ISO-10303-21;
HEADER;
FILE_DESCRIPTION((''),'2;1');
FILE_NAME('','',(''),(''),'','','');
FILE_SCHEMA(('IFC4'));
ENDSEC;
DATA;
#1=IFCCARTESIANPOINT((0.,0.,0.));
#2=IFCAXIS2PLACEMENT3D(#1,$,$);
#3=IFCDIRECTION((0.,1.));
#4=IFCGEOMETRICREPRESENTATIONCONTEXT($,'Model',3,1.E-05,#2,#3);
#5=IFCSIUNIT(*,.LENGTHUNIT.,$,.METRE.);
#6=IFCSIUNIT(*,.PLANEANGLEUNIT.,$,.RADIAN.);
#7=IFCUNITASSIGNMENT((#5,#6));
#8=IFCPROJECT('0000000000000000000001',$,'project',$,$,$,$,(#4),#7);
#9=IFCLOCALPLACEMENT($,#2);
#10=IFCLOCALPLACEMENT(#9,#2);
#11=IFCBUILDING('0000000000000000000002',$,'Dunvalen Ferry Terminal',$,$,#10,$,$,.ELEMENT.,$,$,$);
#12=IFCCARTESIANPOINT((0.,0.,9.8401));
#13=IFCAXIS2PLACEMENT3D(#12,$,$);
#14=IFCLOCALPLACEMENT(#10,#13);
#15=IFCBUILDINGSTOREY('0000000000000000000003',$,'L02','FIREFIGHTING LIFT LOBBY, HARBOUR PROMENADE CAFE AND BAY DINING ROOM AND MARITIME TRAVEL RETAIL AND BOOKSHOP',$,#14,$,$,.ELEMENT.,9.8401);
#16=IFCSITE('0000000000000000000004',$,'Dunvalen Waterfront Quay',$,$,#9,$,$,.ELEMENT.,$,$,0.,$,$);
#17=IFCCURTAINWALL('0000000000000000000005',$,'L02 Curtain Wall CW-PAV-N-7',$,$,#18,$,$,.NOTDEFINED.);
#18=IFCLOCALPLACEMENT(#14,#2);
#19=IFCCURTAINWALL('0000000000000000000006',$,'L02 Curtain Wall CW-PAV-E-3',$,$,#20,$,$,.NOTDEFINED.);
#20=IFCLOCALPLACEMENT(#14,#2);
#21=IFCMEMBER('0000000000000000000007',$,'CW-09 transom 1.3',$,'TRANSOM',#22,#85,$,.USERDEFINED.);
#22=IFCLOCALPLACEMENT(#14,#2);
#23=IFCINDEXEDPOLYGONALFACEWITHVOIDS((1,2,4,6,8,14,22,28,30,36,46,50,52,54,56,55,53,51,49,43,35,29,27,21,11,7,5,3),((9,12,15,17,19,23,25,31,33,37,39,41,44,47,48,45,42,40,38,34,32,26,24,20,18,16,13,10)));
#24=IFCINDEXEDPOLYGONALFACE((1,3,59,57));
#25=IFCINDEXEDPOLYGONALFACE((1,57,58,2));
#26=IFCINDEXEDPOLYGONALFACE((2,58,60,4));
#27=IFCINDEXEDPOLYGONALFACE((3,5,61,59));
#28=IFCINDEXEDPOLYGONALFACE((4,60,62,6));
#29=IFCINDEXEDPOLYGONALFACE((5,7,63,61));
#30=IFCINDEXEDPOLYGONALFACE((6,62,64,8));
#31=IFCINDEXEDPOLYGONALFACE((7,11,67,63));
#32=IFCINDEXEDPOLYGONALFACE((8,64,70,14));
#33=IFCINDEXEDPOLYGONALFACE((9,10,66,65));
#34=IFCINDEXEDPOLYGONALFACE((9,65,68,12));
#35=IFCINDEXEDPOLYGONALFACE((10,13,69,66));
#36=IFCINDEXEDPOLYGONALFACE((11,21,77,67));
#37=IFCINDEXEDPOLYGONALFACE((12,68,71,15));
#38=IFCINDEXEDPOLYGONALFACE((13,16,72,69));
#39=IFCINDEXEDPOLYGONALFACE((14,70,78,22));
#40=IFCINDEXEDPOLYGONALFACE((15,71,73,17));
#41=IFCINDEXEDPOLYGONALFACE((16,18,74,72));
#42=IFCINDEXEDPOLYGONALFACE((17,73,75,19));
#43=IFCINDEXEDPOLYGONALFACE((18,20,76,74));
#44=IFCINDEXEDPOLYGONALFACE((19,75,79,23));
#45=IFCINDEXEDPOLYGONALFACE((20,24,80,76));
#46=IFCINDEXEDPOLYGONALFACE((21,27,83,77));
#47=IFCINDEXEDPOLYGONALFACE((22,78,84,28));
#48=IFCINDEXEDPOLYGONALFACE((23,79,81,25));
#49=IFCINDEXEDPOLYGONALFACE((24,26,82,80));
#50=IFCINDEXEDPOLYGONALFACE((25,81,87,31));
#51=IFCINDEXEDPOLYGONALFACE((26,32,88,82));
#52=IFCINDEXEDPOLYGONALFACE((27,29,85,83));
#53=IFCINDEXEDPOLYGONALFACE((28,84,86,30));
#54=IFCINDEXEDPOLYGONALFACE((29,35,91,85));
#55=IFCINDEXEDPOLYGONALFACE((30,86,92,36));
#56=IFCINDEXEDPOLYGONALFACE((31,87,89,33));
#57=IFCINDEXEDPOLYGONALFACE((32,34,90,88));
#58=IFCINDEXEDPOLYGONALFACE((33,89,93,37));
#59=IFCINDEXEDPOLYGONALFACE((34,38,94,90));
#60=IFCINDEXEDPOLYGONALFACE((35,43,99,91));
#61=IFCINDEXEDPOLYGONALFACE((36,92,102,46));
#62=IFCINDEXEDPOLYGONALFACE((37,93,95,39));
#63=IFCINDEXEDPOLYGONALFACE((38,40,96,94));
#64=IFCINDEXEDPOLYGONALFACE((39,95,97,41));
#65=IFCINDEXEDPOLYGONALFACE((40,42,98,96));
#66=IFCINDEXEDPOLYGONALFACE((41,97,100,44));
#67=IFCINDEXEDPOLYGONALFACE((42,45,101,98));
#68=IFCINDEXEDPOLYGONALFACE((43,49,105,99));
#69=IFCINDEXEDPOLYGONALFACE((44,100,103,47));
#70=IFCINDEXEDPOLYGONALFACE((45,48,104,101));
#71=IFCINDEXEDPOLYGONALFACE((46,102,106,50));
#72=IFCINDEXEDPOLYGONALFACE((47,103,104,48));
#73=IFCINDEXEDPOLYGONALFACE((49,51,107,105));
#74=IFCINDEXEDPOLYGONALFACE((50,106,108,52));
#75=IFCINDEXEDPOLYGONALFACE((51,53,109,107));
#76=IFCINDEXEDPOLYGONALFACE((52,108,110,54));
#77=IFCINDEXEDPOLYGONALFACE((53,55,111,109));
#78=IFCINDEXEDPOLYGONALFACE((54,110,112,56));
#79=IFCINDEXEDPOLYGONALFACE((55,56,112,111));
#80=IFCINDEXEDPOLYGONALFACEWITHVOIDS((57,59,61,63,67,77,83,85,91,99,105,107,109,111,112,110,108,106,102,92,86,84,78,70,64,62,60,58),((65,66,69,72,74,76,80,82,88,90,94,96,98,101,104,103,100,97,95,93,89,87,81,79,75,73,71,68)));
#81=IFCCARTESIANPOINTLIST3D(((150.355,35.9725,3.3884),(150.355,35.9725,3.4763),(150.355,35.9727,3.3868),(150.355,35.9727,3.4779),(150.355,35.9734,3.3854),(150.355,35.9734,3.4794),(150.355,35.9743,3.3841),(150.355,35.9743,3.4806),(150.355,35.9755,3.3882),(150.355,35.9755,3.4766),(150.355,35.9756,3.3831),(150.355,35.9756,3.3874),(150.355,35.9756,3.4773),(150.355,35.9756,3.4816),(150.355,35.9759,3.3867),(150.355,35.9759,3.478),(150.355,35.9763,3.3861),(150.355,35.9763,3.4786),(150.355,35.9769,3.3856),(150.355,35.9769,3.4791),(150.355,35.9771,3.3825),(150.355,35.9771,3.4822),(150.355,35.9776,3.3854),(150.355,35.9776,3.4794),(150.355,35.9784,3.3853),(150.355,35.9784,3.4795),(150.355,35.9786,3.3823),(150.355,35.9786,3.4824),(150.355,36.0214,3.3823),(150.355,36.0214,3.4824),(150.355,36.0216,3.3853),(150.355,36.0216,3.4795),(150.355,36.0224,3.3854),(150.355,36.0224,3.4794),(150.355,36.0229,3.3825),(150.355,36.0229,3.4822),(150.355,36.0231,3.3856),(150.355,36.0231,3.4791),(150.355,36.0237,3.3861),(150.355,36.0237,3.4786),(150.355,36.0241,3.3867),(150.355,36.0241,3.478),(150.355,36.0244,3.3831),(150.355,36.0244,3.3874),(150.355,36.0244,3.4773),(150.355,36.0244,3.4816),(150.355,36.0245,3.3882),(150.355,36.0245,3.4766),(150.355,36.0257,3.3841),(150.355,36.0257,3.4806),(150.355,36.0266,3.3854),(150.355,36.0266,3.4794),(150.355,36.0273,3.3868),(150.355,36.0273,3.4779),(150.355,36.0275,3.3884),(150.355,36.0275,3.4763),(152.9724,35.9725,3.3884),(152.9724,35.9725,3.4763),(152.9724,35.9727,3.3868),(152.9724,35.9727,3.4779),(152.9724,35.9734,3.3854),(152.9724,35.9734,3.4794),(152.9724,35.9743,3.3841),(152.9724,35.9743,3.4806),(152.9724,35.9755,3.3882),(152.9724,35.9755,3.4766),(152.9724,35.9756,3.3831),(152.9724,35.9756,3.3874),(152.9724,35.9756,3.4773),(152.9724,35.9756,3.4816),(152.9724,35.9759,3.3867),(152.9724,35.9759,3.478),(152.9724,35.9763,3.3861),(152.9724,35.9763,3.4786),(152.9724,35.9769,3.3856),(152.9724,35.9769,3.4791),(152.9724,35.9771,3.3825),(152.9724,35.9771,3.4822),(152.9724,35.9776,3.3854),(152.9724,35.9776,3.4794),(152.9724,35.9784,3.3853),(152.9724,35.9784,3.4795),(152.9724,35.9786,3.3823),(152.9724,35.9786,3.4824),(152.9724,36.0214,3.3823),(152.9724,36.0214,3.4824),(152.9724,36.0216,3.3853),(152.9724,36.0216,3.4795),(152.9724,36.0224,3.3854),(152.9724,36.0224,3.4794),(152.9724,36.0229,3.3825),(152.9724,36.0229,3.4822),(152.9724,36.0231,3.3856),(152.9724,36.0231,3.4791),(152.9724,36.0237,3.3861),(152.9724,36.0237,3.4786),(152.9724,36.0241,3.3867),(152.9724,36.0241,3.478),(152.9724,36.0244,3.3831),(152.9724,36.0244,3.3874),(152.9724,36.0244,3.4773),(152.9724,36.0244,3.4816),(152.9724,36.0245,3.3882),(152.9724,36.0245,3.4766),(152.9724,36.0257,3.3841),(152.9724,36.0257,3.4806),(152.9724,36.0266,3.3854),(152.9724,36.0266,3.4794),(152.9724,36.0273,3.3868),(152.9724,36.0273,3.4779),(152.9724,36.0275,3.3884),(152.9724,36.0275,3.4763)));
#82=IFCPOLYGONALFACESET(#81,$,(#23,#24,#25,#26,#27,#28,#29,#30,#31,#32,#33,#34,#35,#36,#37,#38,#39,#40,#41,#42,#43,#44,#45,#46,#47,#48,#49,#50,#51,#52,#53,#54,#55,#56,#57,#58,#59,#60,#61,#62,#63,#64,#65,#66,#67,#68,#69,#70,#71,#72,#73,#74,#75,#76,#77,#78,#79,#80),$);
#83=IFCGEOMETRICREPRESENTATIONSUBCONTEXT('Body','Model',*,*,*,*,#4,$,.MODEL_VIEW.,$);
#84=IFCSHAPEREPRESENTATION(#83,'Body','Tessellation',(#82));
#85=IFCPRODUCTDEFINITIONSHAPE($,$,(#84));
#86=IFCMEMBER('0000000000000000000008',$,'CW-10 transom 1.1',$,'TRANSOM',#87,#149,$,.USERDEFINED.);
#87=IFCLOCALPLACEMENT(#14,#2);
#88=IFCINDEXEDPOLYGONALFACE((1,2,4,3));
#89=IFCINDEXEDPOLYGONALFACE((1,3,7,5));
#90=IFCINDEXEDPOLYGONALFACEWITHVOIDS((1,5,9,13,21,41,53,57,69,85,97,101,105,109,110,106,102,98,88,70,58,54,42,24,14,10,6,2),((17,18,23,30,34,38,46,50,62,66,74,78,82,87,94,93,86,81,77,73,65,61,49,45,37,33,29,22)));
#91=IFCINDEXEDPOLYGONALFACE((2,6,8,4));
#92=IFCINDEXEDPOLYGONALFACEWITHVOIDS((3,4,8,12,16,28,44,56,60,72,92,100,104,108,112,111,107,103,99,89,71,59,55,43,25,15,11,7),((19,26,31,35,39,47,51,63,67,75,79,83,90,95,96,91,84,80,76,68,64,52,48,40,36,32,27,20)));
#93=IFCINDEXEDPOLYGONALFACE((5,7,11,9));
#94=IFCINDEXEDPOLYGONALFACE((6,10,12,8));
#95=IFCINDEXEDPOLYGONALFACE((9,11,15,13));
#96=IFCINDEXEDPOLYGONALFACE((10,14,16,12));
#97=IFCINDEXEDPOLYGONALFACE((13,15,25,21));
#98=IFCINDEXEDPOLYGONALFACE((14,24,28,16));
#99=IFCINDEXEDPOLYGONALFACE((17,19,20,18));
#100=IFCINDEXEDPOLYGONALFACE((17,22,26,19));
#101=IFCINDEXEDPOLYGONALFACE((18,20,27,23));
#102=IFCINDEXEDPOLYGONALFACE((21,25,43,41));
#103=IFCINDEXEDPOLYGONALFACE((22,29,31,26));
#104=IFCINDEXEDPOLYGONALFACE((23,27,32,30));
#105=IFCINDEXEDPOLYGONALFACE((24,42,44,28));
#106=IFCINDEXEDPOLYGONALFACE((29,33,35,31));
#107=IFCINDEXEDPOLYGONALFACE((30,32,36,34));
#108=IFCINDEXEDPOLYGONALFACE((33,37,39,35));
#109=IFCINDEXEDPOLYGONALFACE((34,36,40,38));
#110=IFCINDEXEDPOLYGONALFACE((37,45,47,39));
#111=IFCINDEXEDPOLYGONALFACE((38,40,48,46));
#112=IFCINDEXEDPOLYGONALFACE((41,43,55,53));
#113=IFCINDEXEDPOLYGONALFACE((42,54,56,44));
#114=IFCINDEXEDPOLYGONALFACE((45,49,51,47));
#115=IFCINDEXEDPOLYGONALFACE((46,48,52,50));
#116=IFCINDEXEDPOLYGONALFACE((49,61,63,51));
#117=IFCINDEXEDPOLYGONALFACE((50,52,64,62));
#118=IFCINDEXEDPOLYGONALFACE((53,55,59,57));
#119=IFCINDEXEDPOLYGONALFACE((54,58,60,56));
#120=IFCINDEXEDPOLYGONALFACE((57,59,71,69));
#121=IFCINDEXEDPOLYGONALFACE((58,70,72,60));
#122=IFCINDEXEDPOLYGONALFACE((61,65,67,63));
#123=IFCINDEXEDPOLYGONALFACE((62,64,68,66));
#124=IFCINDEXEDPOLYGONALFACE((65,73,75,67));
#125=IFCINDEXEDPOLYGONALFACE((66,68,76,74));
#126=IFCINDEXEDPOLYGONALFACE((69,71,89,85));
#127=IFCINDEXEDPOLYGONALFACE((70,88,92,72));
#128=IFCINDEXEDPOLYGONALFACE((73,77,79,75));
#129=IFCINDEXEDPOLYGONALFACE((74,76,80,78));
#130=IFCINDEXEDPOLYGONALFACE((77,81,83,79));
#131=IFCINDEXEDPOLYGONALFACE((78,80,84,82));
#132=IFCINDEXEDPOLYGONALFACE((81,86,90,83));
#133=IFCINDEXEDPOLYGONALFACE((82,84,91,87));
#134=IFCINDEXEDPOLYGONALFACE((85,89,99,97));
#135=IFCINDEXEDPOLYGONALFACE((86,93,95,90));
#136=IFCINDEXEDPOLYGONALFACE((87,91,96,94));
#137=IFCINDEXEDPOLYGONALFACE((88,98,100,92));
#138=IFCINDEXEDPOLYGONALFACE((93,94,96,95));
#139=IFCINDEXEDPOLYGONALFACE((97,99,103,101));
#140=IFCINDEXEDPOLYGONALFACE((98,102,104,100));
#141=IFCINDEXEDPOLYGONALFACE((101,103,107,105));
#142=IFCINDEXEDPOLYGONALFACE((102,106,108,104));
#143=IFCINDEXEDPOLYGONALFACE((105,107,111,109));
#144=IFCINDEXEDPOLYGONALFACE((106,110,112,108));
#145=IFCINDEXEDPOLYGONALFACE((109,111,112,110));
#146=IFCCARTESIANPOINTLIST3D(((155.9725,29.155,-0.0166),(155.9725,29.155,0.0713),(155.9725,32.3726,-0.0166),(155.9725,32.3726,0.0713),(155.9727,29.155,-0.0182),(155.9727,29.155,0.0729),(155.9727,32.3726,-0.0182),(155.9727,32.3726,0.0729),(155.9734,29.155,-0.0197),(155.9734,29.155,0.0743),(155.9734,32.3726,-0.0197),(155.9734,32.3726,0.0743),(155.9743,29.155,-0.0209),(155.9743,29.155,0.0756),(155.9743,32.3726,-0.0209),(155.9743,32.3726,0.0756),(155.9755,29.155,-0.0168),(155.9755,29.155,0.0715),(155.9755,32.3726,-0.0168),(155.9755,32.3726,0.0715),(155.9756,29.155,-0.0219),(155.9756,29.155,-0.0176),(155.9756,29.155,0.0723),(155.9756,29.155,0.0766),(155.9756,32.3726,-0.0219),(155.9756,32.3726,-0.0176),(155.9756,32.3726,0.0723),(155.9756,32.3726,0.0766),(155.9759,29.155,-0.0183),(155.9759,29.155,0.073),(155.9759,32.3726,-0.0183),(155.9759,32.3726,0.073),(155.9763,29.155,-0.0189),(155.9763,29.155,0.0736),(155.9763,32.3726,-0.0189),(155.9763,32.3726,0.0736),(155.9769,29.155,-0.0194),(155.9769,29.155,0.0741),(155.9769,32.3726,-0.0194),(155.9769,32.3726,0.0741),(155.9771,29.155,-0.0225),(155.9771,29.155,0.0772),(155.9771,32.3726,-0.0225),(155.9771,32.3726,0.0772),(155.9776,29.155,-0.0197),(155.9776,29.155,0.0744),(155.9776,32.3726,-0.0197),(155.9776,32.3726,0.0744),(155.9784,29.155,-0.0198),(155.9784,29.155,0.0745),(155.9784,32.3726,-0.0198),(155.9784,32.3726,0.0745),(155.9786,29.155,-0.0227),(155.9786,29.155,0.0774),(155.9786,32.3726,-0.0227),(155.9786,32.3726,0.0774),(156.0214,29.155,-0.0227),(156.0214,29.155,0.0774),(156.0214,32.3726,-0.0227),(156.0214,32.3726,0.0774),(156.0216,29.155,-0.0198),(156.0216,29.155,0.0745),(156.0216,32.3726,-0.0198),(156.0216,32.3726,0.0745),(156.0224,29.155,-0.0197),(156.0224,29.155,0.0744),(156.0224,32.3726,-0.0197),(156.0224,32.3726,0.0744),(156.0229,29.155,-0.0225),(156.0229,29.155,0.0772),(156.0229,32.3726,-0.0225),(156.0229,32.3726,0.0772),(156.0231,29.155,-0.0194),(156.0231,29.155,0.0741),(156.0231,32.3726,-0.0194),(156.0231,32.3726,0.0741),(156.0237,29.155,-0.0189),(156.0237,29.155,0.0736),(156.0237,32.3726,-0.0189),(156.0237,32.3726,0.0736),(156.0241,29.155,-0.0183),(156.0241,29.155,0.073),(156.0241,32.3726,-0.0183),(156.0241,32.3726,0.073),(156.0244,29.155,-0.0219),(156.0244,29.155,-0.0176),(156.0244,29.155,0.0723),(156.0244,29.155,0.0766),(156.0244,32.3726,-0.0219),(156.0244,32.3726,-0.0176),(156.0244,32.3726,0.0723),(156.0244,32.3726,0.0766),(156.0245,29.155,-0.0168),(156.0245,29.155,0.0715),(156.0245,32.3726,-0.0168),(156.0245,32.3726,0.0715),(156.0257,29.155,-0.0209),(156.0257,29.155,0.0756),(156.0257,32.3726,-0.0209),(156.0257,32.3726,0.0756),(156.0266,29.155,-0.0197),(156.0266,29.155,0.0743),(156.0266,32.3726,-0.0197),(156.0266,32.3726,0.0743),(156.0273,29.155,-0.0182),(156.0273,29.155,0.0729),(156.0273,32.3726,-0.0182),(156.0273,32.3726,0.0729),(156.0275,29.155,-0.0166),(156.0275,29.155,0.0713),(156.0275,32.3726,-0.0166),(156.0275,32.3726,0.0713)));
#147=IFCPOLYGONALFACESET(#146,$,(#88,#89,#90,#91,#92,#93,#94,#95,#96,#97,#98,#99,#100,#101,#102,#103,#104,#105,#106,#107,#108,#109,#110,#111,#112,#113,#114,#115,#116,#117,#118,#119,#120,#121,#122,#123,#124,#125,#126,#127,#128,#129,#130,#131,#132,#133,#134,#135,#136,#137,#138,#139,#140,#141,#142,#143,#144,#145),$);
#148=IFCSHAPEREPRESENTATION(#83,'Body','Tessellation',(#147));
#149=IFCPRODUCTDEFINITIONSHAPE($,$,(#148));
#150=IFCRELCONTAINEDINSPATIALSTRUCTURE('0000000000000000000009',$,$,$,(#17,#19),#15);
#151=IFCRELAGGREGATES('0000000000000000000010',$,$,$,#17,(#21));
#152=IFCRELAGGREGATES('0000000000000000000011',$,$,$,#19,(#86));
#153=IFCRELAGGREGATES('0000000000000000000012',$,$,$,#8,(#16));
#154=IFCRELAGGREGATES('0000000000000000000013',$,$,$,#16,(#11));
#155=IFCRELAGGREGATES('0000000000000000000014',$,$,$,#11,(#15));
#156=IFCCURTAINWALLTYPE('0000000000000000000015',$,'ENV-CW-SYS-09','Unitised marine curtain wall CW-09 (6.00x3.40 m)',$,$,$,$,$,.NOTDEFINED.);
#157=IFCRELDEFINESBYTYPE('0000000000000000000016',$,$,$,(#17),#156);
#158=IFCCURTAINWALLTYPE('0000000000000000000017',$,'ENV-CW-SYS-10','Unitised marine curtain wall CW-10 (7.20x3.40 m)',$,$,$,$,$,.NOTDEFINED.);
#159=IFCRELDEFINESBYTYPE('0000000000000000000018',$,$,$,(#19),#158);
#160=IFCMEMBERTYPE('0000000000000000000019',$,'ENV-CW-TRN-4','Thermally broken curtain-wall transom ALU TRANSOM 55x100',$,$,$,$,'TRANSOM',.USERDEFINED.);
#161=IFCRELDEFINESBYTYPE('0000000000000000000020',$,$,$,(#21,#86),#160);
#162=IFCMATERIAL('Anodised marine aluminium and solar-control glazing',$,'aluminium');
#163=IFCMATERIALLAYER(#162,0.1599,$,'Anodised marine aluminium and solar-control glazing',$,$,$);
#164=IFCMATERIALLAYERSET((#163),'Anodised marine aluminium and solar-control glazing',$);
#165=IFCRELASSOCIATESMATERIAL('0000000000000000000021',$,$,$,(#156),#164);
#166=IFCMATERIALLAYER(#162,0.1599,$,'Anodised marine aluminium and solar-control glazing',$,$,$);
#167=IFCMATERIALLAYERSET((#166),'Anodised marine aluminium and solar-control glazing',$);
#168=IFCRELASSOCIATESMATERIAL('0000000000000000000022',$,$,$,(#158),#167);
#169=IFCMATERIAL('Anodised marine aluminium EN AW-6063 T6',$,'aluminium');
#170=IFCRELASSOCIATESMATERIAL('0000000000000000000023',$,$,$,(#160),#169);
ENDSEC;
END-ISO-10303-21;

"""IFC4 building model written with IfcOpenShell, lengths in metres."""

from ifc_helpers import new_model, si_unit, direction, frame, origin, origin_2d, place, context, subcontext, project, spatial, hollow_rectangle, extrude, material, layer, layer_set, material_profile, profile_set, type_object, element, aggregate, save


model = new_model("IFC4")

# Units and contexts
model_context = context("Model", 3, precision=1e-05, world=origin(), true_north=direction((0.0, 1.0)))
body_context = subcontext(model_context, "Body", "Model", "MODEL_VIEW")
ifc_project = project(units=[si_unit("LENGTHUNIT", "METRE"), si_unit("PLANEANGLEUNIT", "RADIAN")], contexts=[model_context])

# Site, building, storey
site_placement = place(None, origin())
site = spatial("IfcSite", under=ifc_project, at=site_placement, Name="Dunvalen Waterfront Quay", CompositionType="ELEMENT", RefElevation=0.0)
building_placement = place(site_placement, origin())
building = spatial("IfcBuilding", under=site, at=building_placement, Name="Dunvalen Ferry Terminal", CompositionType="ELEMENT")
storey_placement = place(building_placement, frame((0.0, 0.0, 9.8401)))
storey = spatial("IfcBuildingStorey", under=building, at=storey_placement, Name="L02", Description="FIREFIGHTING LIFT LOBBY, HARBOUR PROMENADE CAFE AND BAY DINING ROOM AND MARITIME TRAVEL RETAIL AND BOOKSHOP", CompositionType="ELEMENT", Elevation=9.8401)

# Curtain wall
ifc_material_1 = material(Name="Anodised marine aluminium and solar-control glazing", Category="aluminium")
ifc_layer_1 = layer(ifc_material_1, 0.1599, Name="Anodised marine aluminium and solar-control glazing")
ifc_layer_set_1 = layer_set([ifc_layer_1], Name="Anodised marine aluminium and solar-control glazing")
curtain_wall_type_1 = type_object("IfcCurtainWallType", Name="ENV-CW-SYS-09", Description="Unitised marine curtain wall CW-09 (6.00x3.40 m)", PredefinedType="NOTDEFINED", material=ifc_layer_set_1)
curtain_wall_1_placement = place(storey_placement, origin())
curtain_wall_1 = element("IfcCurtainWall", 1, at=curtain_wall_1_placement, inside=storey, type_object=curtain_wall_type_1, Name="L02 Curtain Wall CW-PAV-N-7", PredefinedType="NOTDEFINED")
ifc_material_2 = material(Name="Anodised marine aluminium EN AW-6063 T6", Category="aluminium")

# Curtain wall
ifc_layer_2 = layer(ifc_material_1, 0.1599, Name="Anodised marine aluminium and solar-control glazing")
ifc_layer_set_2 = layer_set([ifc_layer_2], Name="Anodised marine aluminium and solar-control glazing")
curtain_wall_type_2 = type_object("IfcCurtainWallType", Name="ENV-CW-SYS-10", Description="Unitised marine curtain wall CW-10 (7.20x3.40 m)", PredefinedType="NOTDEFINED", material=ifc_layer_set_2)
curtain_wall_2_placement = place(storey_placement, origin())
curtain_wall_2 = element("IfcCurtainWall", 2, at=curtain_wall_2_placement, inside=storey, type_object=curtain_wall_type_2, Name="L02 Curtain Wall CW-PAV-E-3", PredefinedType="NOTDEFINED")

# Members
ifc_material_profile_1 = material_profile(ifc_material_2, hollow_rectangle(XDim=0.0549, YDim=0.1001, WallThickness=0.0029, InnerFilletRadius=0.0029, OuterFilletRadius=0.0061, at=origin_2d()), Name="Anodised marine aluminium EN AW-6063 T6")
ifc_profile_set_1 = profile_set([ifc_material_profile_1], Name="Anodised marine aluminium EN AW-6063 T6")
member_type_1 = type_object("IfcMemberType", Name="ENV-CW-TRN-4", Description="Thermally broken curtain-wall transom ALU TRANSOM 55x100", ElementType="TRANSOM", PredefinedType="USERDEFINED", material=ifc_profile_set_1)
member_1_placement = place(storey_placement, frame((150.355, 36.0, 3.4324), z_axis=(1.0, 0.0, 0.0), x_axis=(0.0, 1.0, 0.0)))
member_1 = element("IfcMember", 3, at=member_1_placement, type_object=member_type_1, Name="CW-09 transom 1.3", ObjectType="TRANSOM", PredefinedType="USERDEFINED", context=body_context, shape_type="SweptSolid", body=[
    extrude(hollow_rectangle(XDim=0.0549, YDim=0.1001, WallThickness=0.0029, InnerFilletRadius=0.0029, OuterFilletRadius=0.0061, at=origin_2d()), origin(), (0.0, 0.0, 1.0), 2.6174),
])
member_2_placement = place(storey_placement, frame((156.0, 29.155, 0.0273), z_axis=(0.0, 1.0, 0.0), x_axis=(-1.0, 0.0, 0.0)))
member_2 = element("IfcMember", 4, at=member_2_placement, type_object=member_type_1, Name="CW-10 transom 1.1", ObjectType="TRANSOM", PredefinedType="USERDEFINED", context=body_context, shape_type="SweptSolid", body=[
    extrude(hollow_rectangle(XDim=0.0549, YDim=0.1001, WallThickness=0.0029, InnerFilletRadius=0.0029, OuterFilletRadius=0.0061, at=origin_2d()), origin(), (0.0, 0.0, 1.0), 3.2175),
])

aggregate(curtain_wall_1, [member_1])
aggregate(curtain_wall_2, [member_2])

save(model, "model.ifc")
